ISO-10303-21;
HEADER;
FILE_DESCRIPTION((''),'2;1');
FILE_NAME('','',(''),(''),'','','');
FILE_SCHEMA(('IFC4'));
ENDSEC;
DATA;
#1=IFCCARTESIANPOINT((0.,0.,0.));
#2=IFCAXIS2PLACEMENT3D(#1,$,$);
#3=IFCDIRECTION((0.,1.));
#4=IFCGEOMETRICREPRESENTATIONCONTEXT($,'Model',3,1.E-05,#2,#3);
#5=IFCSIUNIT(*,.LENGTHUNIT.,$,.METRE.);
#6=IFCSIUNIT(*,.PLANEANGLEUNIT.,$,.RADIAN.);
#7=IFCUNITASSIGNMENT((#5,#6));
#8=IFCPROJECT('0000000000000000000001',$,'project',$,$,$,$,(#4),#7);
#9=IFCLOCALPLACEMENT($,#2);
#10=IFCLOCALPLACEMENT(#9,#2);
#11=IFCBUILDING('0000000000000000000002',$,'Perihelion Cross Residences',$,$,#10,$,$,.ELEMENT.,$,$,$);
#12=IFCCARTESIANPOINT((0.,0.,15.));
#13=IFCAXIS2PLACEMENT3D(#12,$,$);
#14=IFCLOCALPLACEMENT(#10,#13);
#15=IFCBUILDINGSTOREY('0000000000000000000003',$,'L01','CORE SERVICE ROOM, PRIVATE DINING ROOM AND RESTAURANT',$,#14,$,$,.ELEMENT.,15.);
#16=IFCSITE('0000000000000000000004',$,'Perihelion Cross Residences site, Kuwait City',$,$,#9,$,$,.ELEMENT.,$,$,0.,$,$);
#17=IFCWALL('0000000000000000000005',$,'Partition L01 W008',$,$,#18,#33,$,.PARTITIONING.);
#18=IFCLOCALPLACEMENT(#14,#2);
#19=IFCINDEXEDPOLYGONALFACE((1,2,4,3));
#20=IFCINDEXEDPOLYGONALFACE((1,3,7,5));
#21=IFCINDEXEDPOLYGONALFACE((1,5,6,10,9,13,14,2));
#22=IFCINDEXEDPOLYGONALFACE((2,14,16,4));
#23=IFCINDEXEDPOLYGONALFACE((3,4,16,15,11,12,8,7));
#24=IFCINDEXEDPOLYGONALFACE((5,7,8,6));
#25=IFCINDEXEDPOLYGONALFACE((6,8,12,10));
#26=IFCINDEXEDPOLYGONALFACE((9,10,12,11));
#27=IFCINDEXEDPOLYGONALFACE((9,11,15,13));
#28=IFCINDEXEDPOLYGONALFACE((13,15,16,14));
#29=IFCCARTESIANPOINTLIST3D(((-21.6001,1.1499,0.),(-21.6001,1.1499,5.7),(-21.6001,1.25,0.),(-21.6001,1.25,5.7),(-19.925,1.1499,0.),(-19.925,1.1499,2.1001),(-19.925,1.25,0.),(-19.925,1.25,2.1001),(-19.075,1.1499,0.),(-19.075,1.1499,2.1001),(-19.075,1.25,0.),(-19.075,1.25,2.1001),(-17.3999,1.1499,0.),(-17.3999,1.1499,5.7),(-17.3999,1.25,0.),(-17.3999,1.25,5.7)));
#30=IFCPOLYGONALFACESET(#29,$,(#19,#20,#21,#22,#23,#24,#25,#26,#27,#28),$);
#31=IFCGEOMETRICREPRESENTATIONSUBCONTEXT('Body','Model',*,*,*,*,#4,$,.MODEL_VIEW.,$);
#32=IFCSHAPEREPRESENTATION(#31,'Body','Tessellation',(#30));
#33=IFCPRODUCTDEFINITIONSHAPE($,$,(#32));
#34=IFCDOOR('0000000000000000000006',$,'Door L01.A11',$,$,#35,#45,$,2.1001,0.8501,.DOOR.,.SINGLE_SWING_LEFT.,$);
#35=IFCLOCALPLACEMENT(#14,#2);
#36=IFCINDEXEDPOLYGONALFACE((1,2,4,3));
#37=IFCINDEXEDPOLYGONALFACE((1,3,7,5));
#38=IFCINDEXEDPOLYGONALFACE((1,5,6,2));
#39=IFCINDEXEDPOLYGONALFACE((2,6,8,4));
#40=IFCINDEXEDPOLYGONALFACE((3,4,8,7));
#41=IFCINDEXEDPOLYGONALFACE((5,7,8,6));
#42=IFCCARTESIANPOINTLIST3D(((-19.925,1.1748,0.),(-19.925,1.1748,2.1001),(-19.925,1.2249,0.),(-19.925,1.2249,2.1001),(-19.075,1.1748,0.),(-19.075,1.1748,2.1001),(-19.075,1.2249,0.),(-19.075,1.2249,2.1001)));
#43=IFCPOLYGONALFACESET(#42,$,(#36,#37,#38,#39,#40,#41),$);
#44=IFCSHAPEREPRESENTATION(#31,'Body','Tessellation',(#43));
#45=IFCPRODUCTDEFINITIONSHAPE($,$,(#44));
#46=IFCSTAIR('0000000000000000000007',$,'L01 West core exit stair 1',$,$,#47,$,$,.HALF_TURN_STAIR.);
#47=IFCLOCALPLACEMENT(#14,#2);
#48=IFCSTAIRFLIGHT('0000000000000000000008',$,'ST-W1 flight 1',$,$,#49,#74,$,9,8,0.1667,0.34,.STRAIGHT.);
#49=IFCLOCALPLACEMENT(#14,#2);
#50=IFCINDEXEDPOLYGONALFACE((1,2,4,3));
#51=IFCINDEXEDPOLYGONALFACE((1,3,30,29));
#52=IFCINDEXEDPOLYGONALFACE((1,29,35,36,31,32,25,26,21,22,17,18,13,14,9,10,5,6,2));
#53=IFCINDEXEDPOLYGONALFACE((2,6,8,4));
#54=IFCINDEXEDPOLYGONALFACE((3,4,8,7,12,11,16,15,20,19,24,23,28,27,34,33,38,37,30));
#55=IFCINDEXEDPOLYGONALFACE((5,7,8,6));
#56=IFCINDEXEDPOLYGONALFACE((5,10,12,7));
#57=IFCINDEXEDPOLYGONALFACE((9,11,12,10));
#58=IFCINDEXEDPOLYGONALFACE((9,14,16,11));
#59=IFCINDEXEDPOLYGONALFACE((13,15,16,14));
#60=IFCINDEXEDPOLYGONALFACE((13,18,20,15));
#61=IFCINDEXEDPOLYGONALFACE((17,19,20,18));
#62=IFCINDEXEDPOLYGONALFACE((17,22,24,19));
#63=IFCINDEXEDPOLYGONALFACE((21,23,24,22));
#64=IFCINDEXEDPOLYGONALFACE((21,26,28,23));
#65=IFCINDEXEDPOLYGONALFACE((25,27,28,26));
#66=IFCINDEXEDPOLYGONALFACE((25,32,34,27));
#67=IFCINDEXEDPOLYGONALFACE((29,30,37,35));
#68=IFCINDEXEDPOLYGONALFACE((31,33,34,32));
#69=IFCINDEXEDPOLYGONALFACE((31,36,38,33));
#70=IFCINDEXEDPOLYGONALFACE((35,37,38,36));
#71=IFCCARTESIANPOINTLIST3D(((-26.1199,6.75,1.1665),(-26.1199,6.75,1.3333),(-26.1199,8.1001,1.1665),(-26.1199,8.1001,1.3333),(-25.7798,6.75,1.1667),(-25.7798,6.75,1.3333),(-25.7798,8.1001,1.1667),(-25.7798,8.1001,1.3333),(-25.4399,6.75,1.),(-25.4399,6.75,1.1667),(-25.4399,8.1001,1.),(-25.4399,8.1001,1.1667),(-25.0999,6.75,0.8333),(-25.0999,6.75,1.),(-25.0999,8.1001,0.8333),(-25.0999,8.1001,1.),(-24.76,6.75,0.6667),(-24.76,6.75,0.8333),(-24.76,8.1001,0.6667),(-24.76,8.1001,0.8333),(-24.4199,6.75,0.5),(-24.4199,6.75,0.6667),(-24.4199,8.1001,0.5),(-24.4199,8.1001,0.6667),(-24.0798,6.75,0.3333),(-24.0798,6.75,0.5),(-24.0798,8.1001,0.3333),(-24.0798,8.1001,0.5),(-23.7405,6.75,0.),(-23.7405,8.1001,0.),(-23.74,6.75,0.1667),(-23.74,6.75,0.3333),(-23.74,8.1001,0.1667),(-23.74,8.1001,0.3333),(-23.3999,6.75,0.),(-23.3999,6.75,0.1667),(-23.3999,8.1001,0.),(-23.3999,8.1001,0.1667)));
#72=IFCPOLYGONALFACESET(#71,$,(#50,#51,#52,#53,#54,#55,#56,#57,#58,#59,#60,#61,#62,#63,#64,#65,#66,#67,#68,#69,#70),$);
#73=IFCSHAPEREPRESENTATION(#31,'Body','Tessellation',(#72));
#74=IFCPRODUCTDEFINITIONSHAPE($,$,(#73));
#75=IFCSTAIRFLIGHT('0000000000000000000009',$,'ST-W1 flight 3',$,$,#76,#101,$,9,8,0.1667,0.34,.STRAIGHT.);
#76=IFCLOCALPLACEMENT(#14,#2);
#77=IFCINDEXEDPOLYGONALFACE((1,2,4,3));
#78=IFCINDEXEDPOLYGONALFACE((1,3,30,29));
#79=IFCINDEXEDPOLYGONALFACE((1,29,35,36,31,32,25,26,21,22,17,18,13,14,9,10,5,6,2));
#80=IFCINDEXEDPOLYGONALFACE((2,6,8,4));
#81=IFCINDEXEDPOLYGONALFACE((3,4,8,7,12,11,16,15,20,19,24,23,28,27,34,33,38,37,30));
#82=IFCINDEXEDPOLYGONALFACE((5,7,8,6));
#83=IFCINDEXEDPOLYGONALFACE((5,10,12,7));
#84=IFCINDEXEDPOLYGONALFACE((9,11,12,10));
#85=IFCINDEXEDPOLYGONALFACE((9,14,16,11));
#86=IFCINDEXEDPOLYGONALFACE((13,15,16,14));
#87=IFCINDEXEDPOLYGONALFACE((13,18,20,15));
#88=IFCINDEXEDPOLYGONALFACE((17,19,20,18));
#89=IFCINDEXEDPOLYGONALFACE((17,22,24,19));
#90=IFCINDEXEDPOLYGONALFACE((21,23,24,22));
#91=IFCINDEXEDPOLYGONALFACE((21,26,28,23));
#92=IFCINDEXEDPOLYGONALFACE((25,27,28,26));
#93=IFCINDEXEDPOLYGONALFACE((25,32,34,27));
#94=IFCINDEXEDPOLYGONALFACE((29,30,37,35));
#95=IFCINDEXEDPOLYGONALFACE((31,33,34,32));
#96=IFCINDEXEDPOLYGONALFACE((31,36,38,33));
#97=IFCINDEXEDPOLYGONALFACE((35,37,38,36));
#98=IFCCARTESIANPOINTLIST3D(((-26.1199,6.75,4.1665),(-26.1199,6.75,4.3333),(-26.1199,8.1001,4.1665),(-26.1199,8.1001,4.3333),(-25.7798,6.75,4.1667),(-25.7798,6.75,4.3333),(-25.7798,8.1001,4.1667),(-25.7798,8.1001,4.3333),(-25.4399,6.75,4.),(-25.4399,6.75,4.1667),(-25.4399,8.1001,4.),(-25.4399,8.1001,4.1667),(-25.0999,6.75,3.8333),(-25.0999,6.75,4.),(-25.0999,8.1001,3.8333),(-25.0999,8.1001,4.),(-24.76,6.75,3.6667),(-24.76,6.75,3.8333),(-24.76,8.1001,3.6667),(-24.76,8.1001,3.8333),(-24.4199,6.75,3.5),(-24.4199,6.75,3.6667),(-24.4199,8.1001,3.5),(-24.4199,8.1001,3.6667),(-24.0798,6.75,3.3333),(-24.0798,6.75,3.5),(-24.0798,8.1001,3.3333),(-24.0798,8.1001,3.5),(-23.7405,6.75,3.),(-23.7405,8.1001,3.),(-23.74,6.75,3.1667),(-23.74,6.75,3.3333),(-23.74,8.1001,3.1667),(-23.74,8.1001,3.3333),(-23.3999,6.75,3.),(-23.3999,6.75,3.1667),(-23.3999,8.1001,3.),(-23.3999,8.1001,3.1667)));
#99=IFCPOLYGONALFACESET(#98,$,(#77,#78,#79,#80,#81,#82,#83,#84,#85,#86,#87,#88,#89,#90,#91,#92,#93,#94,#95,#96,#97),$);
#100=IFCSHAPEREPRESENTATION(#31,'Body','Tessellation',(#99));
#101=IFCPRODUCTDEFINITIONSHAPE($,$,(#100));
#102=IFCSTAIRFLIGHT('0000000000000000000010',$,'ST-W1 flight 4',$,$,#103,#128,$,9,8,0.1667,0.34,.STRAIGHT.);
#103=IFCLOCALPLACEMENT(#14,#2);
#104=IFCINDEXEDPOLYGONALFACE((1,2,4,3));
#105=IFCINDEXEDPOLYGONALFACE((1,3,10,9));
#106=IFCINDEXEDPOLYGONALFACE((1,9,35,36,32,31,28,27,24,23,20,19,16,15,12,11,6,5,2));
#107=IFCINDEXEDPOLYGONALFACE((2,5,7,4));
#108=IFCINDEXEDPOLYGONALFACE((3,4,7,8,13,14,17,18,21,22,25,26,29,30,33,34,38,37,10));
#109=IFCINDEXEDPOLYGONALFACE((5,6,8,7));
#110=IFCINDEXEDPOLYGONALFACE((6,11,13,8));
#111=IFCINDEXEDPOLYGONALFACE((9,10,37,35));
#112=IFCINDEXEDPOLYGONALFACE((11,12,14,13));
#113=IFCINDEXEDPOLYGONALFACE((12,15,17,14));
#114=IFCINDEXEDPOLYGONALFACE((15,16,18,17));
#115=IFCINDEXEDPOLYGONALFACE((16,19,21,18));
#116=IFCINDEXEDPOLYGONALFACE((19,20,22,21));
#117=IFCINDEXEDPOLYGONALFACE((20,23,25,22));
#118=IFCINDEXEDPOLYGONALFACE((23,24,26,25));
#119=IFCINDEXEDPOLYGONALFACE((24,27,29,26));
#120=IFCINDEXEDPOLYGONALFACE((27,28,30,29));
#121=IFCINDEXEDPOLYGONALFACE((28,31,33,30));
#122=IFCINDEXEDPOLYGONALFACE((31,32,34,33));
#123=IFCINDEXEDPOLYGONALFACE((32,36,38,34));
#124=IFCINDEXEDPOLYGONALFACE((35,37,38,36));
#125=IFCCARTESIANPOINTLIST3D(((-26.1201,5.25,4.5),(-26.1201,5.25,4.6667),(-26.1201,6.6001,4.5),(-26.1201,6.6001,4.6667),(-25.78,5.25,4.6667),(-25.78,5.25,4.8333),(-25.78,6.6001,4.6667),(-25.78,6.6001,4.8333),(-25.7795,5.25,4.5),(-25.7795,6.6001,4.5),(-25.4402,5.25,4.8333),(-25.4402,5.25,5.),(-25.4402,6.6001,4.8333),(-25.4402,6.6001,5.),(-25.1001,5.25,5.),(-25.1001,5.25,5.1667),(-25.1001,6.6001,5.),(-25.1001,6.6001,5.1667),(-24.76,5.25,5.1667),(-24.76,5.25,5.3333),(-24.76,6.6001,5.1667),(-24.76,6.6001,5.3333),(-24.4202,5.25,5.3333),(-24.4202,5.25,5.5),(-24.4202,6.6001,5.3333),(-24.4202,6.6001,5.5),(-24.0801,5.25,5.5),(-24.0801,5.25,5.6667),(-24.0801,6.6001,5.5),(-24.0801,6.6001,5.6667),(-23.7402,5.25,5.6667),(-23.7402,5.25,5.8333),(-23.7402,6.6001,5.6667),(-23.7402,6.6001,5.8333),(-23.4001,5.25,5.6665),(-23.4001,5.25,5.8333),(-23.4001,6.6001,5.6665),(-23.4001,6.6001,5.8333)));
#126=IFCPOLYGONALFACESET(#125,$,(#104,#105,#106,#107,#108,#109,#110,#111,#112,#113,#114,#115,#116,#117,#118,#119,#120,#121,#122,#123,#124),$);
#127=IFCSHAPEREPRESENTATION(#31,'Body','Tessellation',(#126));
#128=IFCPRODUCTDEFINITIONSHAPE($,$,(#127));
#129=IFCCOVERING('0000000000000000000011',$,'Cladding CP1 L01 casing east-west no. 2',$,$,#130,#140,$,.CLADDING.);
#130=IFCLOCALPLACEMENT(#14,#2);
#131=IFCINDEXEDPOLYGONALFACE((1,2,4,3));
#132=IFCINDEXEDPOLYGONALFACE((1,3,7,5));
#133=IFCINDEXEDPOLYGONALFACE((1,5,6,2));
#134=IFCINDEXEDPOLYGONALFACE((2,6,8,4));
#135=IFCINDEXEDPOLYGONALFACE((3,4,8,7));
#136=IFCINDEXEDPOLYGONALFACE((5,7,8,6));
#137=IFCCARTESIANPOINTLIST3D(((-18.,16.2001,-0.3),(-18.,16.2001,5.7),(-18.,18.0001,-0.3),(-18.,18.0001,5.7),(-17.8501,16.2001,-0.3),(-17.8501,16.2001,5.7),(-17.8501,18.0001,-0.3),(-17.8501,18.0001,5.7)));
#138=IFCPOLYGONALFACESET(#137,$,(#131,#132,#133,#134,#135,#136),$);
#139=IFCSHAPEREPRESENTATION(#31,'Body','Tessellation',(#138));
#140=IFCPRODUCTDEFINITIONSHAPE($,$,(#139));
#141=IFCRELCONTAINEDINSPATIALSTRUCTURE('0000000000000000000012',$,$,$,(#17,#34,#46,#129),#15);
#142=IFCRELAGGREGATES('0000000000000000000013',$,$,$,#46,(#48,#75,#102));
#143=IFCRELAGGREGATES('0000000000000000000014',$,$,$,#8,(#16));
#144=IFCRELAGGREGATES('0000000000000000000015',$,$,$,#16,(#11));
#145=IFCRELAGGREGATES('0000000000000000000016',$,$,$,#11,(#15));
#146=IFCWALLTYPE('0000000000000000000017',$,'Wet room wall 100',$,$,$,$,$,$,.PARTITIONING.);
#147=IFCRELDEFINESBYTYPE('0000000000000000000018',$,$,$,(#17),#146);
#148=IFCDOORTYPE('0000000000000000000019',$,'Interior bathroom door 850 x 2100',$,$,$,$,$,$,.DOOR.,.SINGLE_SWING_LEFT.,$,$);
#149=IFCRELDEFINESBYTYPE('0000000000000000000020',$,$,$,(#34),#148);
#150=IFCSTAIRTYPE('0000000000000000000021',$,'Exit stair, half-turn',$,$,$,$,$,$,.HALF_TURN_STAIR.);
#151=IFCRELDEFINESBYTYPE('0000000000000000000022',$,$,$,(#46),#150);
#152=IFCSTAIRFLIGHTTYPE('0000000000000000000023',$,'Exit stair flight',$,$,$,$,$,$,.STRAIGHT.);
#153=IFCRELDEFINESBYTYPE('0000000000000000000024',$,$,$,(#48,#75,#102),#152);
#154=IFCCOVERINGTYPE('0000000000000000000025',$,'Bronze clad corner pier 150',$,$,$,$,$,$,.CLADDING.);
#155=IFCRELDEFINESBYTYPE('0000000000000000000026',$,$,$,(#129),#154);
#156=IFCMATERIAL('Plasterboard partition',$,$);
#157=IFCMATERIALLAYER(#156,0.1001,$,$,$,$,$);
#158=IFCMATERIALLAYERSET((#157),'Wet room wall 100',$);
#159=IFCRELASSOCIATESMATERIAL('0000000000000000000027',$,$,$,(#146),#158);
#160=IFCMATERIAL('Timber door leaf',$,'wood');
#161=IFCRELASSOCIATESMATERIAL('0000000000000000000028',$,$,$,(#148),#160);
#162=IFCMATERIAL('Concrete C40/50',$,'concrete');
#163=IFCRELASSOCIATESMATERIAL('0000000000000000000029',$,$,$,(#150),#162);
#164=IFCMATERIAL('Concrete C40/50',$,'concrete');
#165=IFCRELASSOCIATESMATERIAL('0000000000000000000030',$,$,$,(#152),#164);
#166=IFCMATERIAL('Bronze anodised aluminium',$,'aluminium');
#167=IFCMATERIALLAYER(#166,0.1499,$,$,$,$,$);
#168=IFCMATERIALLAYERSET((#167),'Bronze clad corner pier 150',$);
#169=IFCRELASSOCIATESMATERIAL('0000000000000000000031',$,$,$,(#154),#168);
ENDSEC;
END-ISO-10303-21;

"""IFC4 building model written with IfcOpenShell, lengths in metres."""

from ifc_helpers import new_model, si_unit, direction, frame, frame_2d, origin, origin_2d, place, context, subcontext, project, spatial, polyline, rectangle, outline, extrude, material, layer, layer_set, type_object, element, fill, aggregate, save


model = new_model("IFC4")

# Units and contexts
model_context = context("Model", 3, precision=1e-05, world=origin(), true_north=direction((0.0, 1.0)))
body_context = subcontext(model_context, "Body", "Model", "MODEL_VIEW")
ifc_project = project(units=[si_unit("LENGTHUNIT", "METRE"), si_unit("PLANEANGLEUNIT", "RADIAN")], contexts=[model_context])

# Site, building, storey
site_placement = place(None, origin())
site = spatial("IfcSite", under=ifc_project, at=site_placement, Name="Perihelion Cross Residences site, Kuwait City", CompositionType="ELEMENT", RefElevation=0.0)
building_placement = place(site_placement, origin())
building = spatial("IfcBuilding", under=site, at=building_placement, Name="Perihelion Cross Residences", CompositionType="ELEMENT")
storey_placement = place(building_placement, frame((0.0, 0.0, 15.0)))
storey = spatial("IfcBuildingStorey", under=building, at=storey_placement, Name="L01", Description="CORE SERVICE ROOM, PRIVATE DINING ROOM AND RESTAURANT", CompositionType="ELEMENT", Elevation=15.0)

# Wall, opening, door
ifc_material_1 = material(Name="Plasterboard partition")
ifc_layer_1 = layer(ifc_material_1, 0.1001)
ifc_layer_set_1 = layer_set([ifc_layer_1], Name="Wet room wall 100")
wall_type_1 = type_object("IfcWallType", Name="Wet room wall 100", PredefinedType="PARTITIONING", material=ifc_layer_set_1)
wall_1_placement = place(storey_placement, frame((-21.6001, 1.2, 0.0), z_axis=(0.0, 0.0, 1.0), x_axis=(1.0, 0.0, 0.0)))
wall_1 = element("IfcWall", 1, at=wall_1_placement, inside=storey, type_object=wall_type_1, Name="Partition L01 W008", PredefinedType="PARTITIONING", context=body_context, shape_type="SweptSolid", body=[
    extrude(rectangle(XDim=4.2002, YDim=0.1001, at=frame_2d((2.1001, 0.0))), origin(), (0.0, 0.0, 1.0), 5.7),
])
opening_1_placement = place(wall_1_placement, frame((1.675, 0.0, 0.0)))
opening_1 = element("IfcOpeningElement", 2, at=opening_1_placement, cuts=wall_1, PredefinedType="OPENING", context=body_context, shape_type="SweptSolid", body=[
    extrude(rectangle(XDim=0.8501, YDim=2.1001, at=frame_2d((0.425, 1.05))), frame((0.0, 0.0601, 0.0), z_axis=(0.0, -1.0, 0.0), x_axis=(1.0, 0.0, 0.0)), (0.0, 0.0, 1.0), 0.1201),
])
ifc_material_2 = material(Name="Timber door leaf", Category="wood")
door_type_1 = type_object("IfcDoorType", Name="Interior bathroom door 850 x 2100", OperationType="SINGLE_SWING_LEFT", PredefinedType="DOOR", material=ifc_material_2)
door_1_placement = place(opening_1_placement, origin())
door_1 = element("IfcDoor", 3, at=door_1_placement, inside=storey, type_object=door_type_1, Name="Door L01.A11", OperationType="SINGLE_SWING_LEFT", OverallHeight=2.1001, OverallWidth=0.8501, PredefinedType="DOOR", context=body_context, shape_type="SweptSolid", body=[
    extrude(rectangle(XDim=0.8501, YDim=2.1001, at=frame_2d((0.425, 1.05))), frame((0.0, 0.0249, 0.0), z_axis=(0.0, -1.0, 0.0), x_axis=(1.0, 0.0, 0.0)), (0.0, 0.0, 1.0), 0.05),
])
fill(opening_1, door_1)

# Stair, stair flights
ifc_material_3 = material(Name="Concrete C40/50", Category="concrete")
stair_type = type_object("IfcStairType", Name="Exit stair, half-turn", PredefinedType="HALF_TURN_STAIR", material=ifc_material_3)
stair_placement = place(storey_placement, origin())
stair = element("IfcStair", 4, at=stair_placement, inside=storey, type_object=stair_type, Name="L01 West core exit stair 1", PredefinedType="HALF_TURN_STAIR")
ifc_material_4 = material(Name="Concrete C40/50", Category="concrete")
stair_flight_type = type_object("IfcStairFlightType", Name="Exit stair flight", PredefinedType="STRAIGHT", material=ifc_material_4)
stair_flight_1_placement = place(storey_placement, frame((-23.3999, 7.425, 0.0), z_axis=(0.0, 0.0, 1.0), x_axis=(-1.0, 0.0, 0.0)))
stair_flight_1 = element("IfcStairFlight", 5, at=stair_flight_1_placement, type_object=stair_flight_type, Name="ST-W1 flight 1", NumberOfRisers=9, NumberOfTreads=8, PredefinedType="STRAIGHT", RiserHeight=0.1667, TreadLength=0.34, context=body_context, shape_type="SweptSolid", body=[
    extrude(outline(polyline([(0.0, 0.0), (0.0, 0.1667), (0.3401, 0.1667), (0.3401, 0.3333), (0.6799, 0.3333), (0.6799, 0.5), (1.02, 0.5), (1.02, 0.6667), (1.3601, 0.6667), (1.3601, 0.8333), (1.7, 0.8333), (1.7, 1.0), (2.04, 1.0), (2.04, 1.1667), (2.3799, 1.1667), (2.3799, 1.3333), (2.72, 1.3333), (2.72, 1.5), (2.72, 1.1665), (0.3406, 0.0), (0.0, 0.0)])), frame((0.0, 0.675, 0.0), z_axis=(0.0, -1.0, 0.0), x_axis=(1.0, 0.0, 0.0)), (0.0, 0.0, 1.0), 1.3501),
])
stair_flight_2_placement = place(storey_placement, frame((-23.3999, 7.425, 3.0), z_axis=(0.0, 0.0, 1.0), x_axis=(-1.0, 0.0, 0.0)))
stair_flight_2 = element("IfcStairFlight", 6, at=stair_flight_2_placement, type_object=stair_flight_type, Name="ST-W1 flight 3", NumberOfRisers=9, NumberOfTreads=8, PredefinedType="STRAIGHT", RiserHeight=0.1667, TreadLength=0.34, context=body_context, shape_type="SweptSolid", body=[
    extrude(outline(polyline([(0.0, 0.0), (0.0, 0.1667), (0.3401, 0.1667), (0.3401, 0.3333), (0.6799, 0.3333), (0.6799, 0.5), (1.02, 0.5), (1.02, 0.6667), (1.3601, 0.6667), (1.3601, 0.8333), (1.7, 0.8333), (1.7, 1.0), (2.04, 1.0), (2.04, 1.1667), (2.3799, 1.1667), (2.3799, 1.3333), (2.72, 1.3333), (2.72, 1.5), (2.72, 1.1665), (0.3406, 0.0), (0.0, 0.0)])), frame((0.0, 0.675, 0.0), z_axis=(0.0, -1.0, 0.0), x_axis=(1.0, 0.0, 0.0)), (0.0, 0.0, 1.0), 1.3501),
])
stair_flight_3_placement = place(storey_placement, frame((-26.1201, 5.925, 4.5), z_axis=(0.0, 0.0, 1.0), x_axis=(1.0, 0.0, 0.0)))
stair_flight_3 = element("IfcStairFlight", 7, at=stair_flight_3_placement, type_object=stair_flight_type, Name="ST-W1 flight 4", NumberOfRisers=9, NumberOfTreads=8, PredefinedType="STRAIGHT", RiserHeight=0.1667, TreadLength=0.34, context=body_context, shape_type="SweptSolid", body=[
    extrude(outline(polyline([(0.0, 0.0), (0.0, 0.1667), (0.3401, 0.1667), (0.3401, 0.3333), (0.6799, 0.3333), (0.6799, 0.5), (1.02, 0.5), (1.02, 0.6667), (1.3601, 0.6667), (1.3601, 0.8333), (1.7, 0.8333), (1.7, 1.0), (2.04, 1.0), (2.04, 1.1667), (2.3799, 1.1667), (2.3799, 1.3333), (2.72, 1.3333), (2.72, 1.5), (2.72, 1.1665), (0.3406, 0.0), (0.0, 0.0)])), frame((0.0, 0.675, 0.0), z_axis=(0.0, -1.0, 0.0), x_axis=(1.0, 0.0, 0.0)), (0.0, 0.0, 1.0), 1.3501),
])
aggregate(stair, [stair_flight_1, stair_flight_2, stair_flight_3])

# Covering
ifc_material_5 = material(Name="Bronze anodised aluminium", Category="aluminium")
ifc_layer_2 = layer(ifc_material_5, 0.1499)
ifc_layer_set_2 = layer_set([ifc_layer_2], Name="Bronze clad corner pier 150")
covering_type = type_object("IfcCoveringType", Name="Bronze clad corner pier 150", PredefinedType="CLADDING", material=ifc_layer_set_2)
covering_placement = place(storey_placement, frame((-17.925, 17.1001, -0.3), z_axis=(0.0, 0.0, 1.0), x_axis=(1.0, 0.0, 0.0)))
element("IfcCovering", 8, at=covering_placement, inside=storey, type_object=covering_type, Name="Cladding CP1 L01 casing east-west no. 2", PredefinedType="CLADDING", context=body_context, shape_type="SweptSolid", body=[
    extrude(rectangle(XDim=0.1499, YDim=1.8, at=origin_2d()), origin(), (0.0, 0.0, 1.0), 6.0),
])

save(model, "model.ifc")
